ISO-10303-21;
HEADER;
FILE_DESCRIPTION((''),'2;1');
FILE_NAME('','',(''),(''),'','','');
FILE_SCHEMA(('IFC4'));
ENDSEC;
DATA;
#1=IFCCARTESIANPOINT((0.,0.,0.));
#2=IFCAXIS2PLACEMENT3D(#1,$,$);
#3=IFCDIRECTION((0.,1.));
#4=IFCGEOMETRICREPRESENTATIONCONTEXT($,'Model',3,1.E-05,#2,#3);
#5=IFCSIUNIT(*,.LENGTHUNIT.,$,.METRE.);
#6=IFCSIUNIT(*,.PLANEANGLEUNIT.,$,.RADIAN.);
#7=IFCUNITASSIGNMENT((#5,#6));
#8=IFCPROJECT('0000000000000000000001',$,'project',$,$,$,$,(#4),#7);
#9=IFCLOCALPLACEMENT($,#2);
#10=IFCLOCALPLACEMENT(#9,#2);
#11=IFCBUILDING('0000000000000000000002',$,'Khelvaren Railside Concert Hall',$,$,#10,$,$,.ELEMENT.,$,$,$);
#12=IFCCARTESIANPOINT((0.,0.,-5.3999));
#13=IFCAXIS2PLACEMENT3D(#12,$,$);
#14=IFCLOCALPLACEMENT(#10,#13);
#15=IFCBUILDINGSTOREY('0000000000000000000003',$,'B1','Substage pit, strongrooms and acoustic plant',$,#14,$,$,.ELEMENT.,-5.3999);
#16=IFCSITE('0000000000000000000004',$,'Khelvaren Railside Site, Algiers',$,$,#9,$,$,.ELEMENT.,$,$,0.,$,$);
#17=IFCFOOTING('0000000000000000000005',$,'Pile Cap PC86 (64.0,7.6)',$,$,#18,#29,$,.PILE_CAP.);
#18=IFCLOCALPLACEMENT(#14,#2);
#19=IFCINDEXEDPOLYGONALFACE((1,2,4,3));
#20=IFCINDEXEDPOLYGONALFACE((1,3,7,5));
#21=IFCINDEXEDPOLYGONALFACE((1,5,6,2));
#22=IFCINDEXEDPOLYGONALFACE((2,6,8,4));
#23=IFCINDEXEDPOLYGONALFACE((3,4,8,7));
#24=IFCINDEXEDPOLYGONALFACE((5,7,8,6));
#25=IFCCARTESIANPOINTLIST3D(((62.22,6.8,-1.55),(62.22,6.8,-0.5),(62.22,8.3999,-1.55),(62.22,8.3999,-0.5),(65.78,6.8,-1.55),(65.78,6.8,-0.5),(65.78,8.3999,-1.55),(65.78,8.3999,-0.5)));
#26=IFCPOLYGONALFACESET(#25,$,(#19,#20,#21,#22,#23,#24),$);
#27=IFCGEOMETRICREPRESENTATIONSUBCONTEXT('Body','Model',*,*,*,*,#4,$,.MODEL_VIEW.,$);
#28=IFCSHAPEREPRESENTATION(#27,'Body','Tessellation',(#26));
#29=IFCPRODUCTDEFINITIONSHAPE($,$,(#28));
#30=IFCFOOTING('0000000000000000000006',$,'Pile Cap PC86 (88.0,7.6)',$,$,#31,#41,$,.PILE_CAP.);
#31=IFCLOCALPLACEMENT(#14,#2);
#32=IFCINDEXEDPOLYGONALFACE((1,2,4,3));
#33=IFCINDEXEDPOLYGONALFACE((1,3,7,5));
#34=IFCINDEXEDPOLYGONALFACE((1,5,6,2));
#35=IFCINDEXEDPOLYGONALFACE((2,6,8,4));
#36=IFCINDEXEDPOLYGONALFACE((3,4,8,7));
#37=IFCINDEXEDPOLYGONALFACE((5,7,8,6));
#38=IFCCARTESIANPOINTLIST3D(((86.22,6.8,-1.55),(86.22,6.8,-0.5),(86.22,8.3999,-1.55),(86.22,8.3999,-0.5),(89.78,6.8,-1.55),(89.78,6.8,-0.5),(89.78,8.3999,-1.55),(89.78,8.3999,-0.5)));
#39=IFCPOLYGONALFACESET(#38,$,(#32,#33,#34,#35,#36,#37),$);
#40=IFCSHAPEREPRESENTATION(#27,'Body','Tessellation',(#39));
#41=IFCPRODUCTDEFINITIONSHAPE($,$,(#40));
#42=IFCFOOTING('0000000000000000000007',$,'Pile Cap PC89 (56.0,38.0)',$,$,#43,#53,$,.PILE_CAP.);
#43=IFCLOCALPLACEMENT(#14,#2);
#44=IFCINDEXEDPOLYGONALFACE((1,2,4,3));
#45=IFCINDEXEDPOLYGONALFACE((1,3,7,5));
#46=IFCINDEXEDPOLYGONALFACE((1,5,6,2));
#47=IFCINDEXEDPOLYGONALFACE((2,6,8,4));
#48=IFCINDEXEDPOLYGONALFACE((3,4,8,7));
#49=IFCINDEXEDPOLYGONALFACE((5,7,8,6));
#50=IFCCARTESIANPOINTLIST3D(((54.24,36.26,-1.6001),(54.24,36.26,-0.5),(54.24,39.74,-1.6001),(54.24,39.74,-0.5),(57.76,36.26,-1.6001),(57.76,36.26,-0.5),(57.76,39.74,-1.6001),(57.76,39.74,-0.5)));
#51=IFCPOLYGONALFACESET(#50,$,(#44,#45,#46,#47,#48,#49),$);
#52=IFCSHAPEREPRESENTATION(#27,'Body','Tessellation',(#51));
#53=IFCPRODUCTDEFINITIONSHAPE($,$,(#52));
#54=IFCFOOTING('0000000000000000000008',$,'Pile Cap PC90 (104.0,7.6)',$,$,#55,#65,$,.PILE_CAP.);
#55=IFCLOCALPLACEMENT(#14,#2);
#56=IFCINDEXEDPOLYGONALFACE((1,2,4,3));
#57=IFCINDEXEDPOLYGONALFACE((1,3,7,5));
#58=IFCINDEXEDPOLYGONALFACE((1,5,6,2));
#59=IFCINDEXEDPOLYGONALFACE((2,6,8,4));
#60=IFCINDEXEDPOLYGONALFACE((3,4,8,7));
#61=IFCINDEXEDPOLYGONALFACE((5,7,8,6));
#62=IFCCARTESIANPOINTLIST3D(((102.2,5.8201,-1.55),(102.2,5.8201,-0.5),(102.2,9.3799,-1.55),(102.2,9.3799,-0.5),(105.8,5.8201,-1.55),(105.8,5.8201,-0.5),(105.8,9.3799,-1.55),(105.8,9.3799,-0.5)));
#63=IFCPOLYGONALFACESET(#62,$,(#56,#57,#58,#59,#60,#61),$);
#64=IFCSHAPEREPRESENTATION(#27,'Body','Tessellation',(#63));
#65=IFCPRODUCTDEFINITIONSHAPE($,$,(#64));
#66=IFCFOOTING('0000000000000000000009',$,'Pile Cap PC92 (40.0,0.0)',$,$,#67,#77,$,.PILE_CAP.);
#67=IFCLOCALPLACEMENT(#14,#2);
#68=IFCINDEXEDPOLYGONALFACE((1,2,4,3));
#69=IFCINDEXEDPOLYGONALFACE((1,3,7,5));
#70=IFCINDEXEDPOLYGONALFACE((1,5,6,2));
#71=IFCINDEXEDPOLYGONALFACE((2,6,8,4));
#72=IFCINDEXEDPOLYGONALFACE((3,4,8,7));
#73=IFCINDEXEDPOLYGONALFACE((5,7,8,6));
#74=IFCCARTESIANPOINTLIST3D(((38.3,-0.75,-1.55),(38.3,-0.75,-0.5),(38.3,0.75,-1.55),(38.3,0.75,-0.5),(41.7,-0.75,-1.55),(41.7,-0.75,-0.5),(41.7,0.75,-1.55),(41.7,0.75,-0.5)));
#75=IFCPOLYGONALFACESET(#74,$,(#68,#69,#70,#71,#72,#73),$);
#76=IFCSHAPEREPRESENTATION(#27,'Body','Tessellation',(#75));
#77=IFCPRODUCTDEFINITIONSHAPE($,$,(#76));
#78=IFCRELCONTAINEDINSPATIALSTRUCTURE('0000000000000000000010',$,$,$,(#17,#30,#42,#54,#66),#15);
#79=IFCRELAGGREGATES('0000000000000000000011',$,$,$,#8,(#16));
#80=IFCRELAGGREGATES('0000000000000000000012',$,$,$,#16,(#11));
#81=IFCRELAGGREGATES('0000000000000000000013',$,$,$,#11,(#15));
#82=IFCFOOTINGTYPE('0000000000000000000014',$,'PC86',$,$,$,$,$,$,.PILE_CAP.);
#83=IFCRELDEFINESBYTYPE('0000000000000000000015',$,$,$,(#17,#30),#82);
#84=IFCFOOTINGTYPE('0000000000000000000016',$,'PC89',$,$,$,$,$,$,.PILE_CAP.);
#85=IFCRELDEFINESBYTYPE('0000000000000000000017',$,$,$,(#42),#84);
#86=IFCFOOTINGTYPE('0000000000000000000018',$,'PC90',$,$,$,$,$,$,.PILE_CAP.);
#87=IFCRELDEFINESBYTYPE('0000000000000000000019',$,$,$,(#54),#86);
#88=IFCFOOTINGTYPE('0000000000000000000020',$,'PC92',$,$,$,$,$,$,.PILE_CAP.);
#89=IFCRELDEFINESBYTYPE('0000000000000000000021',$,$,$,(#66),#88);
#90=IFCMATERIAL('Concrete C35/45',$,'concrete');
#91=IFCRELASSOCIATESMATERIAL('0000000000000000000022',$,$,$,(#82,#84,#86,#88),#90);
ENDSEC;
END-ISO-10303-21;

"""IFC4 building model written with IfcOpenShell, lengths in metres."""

from ifc_helpers import new_model, si_unit, direction, frame, origin, place, context, subcontext, project, spatial, polyline, outline, extrude, material, type_object, element, save


model = new_model("IFC4")

# Units and contexts
model_context = context("Model", 3, precision=1e-05, world=origin(), true_north=direction((0.0, 1.0)))
body_context = subcontext(model_context, "Body", "Model", "MODEL_VIEW")
ifc_project = project(units=[si_unit("LENGTHUNIT", "METRE"), si_unit("PLANEANGLEUNIT", "RADIAN")], contexts=[model_context])

# Site, building, storey
site_placement = place(None, origin())
site = spatial("IfcSite", under=ifc_project, at=site_placement, Name="Khelvaren Railside Site, Algiers", CompositionType="ELEMENT", RefElevation=0.0)
building_placement = place(site_placement, origin())
building = spatial("IfcBuilding", under=site, at=building_placement, Name="Khelvaren Railside Concert Hall", CompositionType="ELEMENT")
storey_placement = place(building_placement, frame((0.0, 0.0, -5.3999)))
storey = spatial("IfcBuildingStorey", under=building, at=storey_placement, Name="B1", Description="Substage pit, strongrooms and acoustic plant", CompositionType="ELEMENT", Elevation=-5.3999)

# Footings
ifc_material = material(Name="Concrete C35/45", Category="concrete")
footing_type_1 = type_object("IfcFootingType", Name="PC86", PredefinedType="PILE_CAP", material=ifc_material)
footing_1_placement = place(storey_placement, frame((0.0, 0.0, -1.55)))
element("IfcFooting", 1, at=footing_1_placement, inside=storey, type_object=footing_type_1, Name="Pile Cap PC86 (64.0,7.6)", PredefinedType="PILE_CAP", context=body_context, shape_type="SweptSolid", body=[
    extrude(outline(polyline([(62.22, 6.8), (65.78, 6.8), (65.78, 8.3999), (62.22, 8.3999), (62.22, 6.8)])), origin(), (0.0, 0.0, 1.0), 1.05),
])
footing_2_placement = place(storey_placement, frame((0.0, 0.0, -1.55)))
element("IfcFooting", 2, at=footing_2_placement, inside=storey, type_object=footing_type_1, Name="Pile Cap PC86 (88.0,7.6)", PredefinedType="PILE_CAP", context=body_context, shape_type="SweptSolid", body=[
    extrude(outline(polyline([(86.22, 6.8), (89.78, 6.8), (89.78, 8.3999), (86.22, 8.3999), (86.22, 6.8)])), origin(), (0.0, 0.0, 1.0), 1.05),
])
footing_type_2 = type_object("IfcFootingType", Name="PC89", PredefinedType="PILE_CAP", material=ifc_material)
footing_3_placement = place(storey_placement, frame((0.0, 0.0, -1.6001)))
element("IfcFooting", 3, at=footing_3_placement, inside=storey, type_object=footing_type_2, Name="Pile Cap PC89 (56.0,38.0)", PredefinedType="PILE_CAP", context=body_context, shape_type="SweptSolid", body=[
    extrude(outline(polyline([(54.24, 36.26), (57.76, 36.26), (57.76, 39.74), (54.24, 39.74), (54.24, 36.26)])), origin(), (0.0, 0.0, 1.0), 1.1001),
])
footing_type_3 = type_object("IfcFootingType", Name="PC90", PredefinedType="PILE_CAP", material=ifc_material)
footing_4_placement = place(storey_placement, frame((0.0, 0.0, -1.55)))
element("IfcFooting", 4, at=footing_4_placement, inside=storey, type_object=footing_type_3, Name="Pile Cap PC90 (104.0,7.6)", PredefinedType="PILE_CAP", context=body_context, shape_type="SweptSolid", body=[
    extrude(outline(polyline([(102.2, 5.8201), (105.8, 5.8201), (105.8, 9.3799), (102.2, 9.3799), (102.2, 5.8201)])), origin(), (0.0, 0.0, 1.0), 1.05),
])
footing_type_4 = type_object("IfcFootingType", Name="PC92", PredefinedType="PILE_CAP", material=ifc_material)
footing_5_placement = place(storey_placement, frame((0.0, 0.0, -1.55)))
element("IfcFooting", 5, at=footing_5_placement, inside=storey, type_object=footing_type_4, Name="Pile Cap PC92 (40.0,0.0)", PredefinedType="PILE_CAP", context=body_context, shape_type="SweptSolid", body=[
    extrude(outline(polyline([(38.3, -0.75), (41.7, -0.75), (41.7, 0.75), (38.3, 0.75), (38.3, -0.75)])), origin(), (0.0, 0.0, 1.0), 1.05),
])

save(model, "model.ifc")
